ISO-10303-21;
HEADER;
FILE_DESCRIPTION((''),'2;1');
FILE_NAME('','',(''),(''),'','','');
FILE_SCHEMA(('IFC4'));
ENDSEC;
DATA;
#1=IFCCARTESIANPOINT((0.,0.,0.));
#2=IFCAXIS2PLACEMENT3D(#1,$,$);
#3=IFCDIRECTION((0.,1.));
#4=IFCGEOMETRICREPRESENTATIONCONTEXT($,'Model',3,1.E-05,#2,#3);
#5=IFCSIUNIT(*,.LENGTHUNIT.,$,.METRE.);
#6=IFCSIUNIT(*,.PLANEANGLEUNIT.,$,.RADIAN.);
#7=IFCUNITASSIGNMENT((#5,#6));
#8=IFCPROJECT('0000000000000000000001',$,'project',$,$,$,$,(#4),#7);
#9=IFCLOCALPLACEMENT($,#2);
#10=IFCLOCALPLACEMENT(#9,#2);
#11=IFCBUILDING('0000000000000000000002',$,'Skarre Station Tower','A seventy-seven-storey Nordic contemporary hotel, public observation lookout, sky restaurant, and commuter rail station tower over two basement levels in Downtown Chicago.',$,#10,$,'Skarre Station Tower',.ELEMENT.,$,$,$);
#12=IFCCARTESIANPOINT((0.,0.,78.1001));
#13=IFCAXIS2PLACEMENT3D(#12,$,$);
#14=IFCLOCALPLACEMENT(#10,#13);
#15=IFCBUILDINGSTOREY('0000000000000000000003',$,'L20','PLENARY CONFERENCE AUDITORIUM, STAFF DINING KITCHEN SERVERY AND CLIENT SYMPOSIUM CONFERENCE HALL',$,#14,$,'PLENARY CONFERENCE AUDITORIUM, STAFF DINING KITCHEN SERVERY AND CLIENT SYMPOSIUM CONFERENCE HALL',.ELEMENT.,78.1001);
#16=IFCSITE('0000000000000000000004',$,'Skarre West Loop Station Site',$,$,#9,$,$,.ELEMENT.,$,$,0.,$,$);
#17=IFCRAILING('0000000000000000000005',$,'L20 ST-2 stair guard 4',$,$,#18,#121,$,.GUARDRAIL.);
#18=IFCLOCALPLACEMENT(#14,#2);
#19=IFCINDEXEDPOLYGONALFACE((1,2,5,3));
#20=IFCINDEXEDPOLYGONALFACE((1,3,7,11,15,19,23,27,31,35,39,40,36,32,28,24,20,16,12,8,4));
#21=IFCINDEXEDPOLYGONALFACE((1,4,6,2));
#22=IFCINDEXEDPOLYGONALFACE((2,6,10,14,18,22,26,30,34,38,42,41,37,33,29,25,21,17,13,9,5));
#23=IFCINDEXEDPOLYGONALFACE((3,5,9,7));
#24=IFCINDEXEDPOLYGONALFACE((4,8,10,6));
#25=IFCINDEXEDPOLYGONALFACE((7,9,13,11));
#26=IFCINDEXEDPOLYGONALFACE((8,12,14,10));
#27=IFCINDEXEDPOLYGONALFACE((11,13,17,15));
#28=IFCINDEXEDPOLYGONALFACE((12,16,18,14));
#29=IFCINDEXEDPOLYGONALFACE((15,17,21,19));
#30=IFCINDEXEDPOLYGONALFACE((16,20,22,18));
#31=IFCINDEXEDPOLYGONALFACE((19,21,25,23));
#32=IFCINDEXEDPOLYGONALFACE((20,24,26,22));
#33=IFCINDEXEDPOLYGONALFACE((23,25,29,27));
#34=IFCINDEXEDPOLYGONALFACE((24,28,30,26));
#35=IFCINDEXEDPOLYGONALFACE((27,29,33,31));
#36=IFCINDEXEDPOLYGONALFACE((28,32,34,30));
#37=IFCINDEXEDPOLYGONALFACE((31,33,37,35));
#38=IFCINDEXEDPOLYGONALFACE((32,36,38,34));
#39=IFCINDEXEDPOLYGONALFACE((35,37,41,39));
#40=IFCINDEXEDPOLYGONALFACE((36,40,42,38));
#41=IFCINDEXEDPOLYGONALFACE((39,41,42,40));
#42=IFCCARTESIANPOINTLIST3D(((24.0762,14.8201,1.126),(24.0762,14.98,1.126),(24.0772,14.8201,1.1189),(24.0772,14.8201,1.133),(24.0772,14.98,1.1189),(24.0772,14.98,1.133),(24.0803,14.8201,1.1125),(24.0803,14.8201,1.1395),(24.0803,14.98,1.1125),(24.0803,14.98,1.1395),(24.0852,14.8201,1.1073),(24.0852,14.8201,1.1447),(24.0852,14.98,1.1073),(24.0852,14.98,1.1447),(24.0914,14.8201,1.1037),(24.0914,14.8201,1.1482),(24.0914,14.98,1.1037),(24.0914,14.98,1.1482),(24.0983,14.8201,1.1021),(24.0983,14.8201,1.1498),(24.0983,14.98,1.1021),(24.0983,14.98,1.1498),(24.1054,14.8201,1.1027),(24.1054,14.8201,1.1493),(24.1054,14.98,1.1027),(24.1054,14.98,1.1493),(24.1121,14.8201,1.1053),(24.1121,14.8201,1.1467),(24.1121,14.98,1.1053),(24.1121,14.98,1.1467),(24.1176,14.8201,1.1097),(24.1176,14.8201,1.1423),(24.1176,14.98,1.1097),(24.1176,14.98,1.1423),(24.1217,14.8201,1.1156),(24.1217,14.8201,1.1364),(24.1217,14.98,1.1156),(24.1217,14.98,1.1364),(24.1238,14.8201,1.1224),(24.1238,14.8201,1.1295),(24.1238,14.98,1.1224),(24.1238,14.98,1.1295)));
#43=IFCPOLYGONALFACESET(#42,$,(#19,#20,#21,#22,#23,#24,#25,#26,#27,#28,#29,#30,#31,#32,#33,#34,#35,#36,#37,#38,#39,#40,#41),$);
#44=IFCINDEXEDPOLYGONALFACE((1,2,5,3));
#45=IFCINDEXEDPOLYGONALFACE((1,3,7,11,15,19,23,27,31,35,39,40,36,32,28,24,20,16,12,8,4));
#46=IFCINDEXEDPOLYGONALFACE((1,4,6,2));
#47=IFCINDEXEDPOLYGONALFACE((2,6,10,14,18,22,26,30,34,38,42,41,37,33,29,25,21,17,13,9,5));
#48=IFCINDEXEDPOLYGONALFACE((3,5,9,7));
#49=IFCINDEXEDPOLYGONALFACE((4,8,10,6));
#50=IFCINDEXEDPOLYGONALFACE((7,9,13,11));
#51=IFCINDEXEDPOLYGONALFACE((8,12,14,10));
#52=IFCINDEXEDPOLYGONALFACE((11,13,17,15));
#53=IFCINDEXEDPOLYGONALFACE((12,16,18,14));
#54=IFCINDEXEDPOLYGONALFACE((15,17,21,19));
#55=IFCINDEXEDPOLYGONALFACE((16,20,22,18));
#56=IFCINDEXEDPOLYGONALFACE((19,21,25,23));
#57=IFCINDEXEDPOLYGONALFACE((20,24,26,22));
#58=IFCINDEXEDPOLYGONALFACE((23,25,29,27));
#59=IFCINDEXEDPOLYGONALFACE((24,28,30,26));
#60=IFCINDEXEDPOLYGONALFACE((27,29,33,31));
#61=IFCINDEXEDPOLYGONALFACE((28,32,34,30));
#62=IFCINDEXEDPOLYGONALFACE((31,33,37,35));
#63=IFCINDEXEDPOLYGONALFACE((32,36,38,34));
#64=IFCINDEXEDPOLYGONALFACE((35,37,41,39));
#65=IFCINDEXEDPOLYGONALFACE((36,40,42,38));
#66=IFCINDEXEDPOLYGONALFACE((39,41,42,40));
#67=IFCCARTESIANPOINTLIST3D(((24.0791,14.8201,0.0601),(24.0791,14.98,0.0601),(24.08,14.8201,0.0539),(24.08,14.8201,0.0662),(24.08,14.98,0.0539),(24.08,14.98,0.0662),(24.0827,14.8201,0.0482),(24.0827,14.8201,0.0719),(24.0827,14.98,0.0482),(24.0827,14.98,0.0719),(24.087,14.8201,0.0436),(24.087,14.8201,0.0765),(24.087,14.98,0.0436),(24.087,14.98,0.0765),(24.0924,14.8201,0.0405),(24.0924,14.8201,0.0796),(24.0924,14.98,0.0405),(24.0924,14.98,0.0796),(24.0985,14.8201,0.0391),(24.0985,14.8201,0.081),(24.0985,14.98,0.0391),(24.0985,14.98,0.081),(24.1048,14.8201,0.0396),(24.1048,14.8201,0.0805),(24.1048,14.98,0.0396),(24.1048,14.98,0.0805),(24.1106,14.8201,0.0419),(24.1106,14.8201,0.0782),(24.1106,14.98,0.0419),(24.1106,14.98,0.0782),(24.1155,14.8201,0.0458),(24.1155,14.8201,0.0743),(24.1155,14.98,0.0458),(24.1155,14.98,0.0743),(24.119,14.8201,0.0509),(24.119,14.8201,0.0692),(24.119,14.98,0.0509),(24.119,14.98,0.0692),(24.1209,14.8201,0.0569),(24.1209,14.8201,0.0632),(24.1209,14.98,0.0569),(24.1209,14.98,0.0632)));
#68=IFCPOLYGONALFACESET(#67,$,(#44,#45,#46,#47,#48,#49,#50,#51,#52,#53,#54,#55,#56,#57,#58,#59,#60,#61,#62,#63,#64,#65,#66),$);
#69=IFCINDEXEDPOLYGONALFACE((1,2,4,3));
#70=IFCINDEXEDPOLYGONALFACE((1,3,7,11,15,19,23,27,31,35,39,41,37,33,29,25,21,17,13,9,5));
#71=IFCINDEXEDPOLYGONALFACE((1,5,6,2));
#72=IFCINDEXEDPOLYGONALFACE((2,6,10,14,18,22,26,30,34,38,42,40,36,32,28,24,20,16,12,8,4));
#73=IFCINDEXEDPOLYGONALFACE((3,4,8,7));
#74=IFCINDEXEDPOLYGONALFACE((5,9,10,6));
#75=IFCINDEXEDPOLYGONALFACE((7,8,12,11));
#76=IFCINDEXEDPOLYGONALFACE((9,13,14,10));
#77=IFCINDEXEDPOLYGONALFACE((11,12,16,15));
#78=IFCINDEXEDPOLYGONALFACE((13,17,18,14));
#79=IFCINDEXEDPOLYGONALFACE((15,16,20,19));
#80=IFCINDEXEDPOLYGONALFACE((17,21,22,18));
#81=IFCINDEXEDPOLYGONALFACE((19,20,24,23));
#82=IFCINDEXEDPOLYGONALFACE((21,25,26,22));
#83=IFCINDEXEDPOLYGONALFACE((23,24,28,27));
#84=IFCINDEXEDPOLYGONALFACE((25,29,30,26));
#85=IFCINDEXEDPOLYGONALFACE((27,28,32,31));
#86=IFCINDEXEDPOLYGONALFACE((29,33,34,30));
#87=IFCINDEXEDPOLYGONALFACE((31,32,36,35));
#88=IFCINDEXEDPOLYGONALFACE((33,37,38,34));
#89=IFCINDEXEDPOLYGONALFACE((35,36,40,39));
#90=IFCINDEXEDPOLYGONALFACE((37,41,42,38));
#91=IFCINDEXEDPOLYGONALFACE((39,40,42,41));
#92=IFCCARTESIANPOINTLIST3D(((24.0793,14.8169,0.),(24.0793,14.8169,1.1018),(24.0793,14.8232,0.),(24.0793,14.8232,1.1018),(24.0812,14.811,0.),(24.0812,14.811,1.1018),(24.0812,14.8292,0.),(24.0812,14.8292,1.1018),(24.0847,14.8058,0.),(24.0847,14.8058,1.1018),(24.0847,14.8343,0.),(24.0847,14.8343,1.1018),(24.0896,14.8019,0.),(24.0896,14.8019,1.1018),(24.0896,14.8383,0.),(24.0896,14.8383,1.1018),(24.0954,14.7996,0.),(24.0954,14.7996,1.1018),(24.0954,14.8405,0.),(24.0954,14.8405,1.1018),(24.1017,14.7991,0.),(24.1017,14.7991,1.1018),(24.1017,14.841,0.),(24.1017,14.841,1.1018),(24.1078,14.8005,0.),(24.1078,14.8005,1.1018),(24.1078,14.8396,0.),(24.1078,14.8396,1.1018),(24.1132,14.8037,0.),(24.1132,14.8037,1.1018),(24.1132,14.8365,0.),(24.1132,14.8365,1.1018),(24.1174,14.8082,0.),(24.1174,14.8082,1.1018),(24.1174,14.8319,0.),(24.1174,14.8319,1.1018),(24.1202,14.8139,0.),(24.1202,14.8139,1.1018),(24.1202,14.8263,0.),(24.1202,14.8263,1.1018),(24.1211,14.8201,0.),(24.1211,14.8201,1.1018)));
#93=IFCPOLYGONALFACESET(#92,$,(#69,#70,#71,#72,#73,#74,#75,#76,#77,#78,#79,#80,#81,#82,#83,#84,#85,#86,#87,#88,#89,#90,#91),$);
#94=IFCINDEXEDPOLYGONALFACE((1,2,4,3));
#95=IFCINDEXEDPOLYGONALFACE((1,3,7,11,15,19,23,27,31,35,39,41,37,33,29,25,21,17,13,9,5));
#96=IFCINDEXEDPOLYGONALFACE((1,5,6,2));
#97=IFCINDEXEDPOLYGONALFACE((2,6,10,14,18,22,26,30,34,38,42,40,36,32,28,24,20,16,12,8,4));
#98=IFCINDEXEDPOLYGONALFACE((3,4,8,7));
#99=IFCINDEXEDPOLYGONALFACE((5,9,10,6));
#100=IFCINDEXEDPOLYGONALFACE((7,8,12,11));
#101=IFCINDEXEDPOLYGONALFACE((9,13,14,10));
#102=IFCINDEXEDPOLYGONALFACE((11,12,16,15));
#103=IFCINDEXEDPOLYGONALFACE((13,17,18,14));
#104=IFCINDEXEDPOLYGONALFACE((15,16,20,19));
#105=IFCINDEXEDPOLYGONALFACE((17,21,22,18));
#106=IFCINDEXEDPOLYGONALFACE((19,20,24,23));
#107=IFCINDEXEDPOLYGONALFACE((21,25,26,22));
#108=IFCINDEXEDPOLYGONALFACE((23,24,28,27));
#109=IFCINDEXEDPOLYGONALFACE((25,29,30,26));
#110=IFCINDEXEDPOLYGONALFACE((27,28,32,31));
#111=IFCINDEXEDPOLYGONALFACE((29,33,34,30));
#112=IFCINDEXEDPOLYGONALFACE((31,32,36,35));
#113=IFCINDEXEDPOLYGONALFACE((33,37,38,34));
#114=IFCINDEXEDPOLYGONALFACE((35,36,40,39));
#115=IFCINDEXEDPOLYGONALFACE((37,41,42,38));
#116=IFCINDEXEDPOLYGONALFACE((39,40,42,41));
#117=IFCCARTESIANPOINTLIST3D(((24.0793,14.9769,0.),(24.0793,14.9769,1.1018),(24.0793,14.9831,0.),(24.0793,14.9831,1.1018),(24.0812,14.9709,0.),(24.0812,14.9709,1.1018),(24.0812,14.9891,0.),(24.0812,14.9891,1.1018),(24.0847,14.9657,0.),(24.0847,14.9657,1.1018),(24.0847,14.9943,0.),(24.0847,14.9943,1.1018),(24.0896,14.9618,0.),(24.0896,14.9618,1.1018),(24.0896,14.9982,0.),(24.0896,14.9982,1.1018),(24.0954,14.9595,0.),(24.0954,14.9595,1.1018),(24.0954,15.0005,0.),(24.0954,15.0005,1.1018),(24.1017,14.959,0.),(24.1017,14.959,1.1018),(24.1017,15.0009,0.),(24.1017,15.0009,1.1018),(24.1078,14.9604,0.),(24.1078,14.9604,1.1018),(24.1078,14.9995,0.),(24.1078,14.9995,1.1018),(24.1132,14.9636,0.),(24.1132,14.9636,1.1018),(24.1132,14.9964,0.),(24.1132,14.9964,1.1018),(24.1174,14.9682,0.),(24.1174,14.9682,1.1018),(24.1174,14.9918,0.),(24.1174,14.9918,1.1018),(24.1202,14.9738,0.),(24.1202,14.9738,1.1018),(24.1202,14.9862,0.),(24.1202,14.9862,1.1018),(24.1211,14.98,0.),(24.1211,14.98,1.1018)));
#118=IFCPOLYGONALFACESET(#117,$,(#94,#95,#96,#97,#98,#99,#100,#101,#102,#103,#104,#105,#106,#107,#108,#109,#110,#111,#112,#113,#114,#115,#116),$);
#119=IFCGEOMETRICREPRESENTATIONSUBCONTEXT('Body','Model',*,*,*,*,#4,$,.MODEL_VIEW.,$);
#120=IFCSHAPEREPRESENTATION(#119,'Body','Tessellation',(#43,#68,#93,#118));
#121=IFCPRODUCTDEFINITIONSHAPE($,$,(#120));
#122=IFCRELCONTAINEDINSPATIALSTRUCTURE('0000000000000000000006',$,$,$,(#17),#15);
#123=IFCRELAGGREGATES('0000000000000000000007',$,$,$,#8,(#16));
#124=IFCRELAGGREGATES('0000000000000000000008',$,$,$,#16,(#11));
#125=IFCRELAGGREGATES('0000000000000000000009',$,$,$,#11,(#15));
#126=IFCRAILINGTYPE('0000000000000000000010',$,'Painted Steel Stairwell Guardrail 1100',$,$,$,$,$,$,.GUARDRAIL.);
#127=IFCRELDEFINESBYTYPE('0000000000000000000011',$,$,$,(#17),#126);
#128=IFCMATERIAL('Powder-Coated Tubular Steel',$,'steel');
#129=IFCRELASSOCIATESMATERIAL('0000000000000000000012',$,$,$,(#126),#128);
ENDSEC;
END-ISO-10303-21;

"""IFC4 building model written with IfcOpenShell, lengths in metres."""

from ifc_helpers import new_model, si_unit, direction, frame, origin, origin_2d, place, context, subcontext, project, spatial, circle, extrude, material, type_object, element, save


model = new_model("IFC4")

# Units and contexts
model_context = context("Model", 3, precision=1e-05, world=origin(), true_north=direction((0.0, 1.0)))
body_context = subcontext(model_context, "Body", "Model", "MODEL_VIEW")
ifc_project = project(units=[si_unit("LENGTHUNIT", "METRE"), si_unit("PLANEANGLEUNIT", "RADIAN")], contexts=[model_context])

# Site, building, storey
site_placement = place(None, origin())
site = spatial("IfcSite", under=ifc_project, at=site_placement, Name="Skarre West Loop Station Site", CompositionType="ELEMENT", RefElevation=0.0)
building_placement = place(site_placement, origin())
building = spatial("IfcBuilding", under=site, at=building_placement, Name="Skarre Station Tower", Description="A seventy-seven-storey Nordic contemporary hotel, public observation lookout, sky restaurant, and commuter rail station tower over two basement levels in Downtown Chicago.", LongName="Skarre Station Tower", CompositionType="ELEMENT")
storey_placement = place(building_placement, frame((0.0, 0.0, 78.1001)))
storey = spatial("IfcBuildingStorey", under=building, at=storey_placement, Name="L20", Description="PLENARY CONFERENCE AUDITORIUM, STAFF DINING KITCHEN SERVERY AND CLIENT SYMPOSIUM CONFERENCE HALL", LongName="PLENARY CONFERENCE AUDITORIUM, STAFF DINING KITCHEN SERVERY AND CLIENT SYMPOSIUM CONFERENCE HALL", CompositionType="ELEMENT", Elevation=78.1001)

# Railing
ifc_material_1 = material(Name="Powder-Coated Tubular Steel", Category="steel")
railing_type_1 = type_object("IfcRailingType", Name="Painted Steel Stairwell Guardrail 1100", PredefinedType="GUARDRAIL", material=ifc_material_1)
railing_1_placement = place(storey_placement, frame((24.1001, 14.8201, 0.0)))
element("IfcRailing", 1, at=railing_1_placement, inside=storey, type_object=railing_type_1, Name="L20 ST-2 stair guard 4", PredefinedType="GUARDRAIL", context=body_context, shape_type="SweptSolid", body=[
    extrude(circle(Radius=0.0239, at=origin_2d()), frame((0.0, 0.0, 1.126), z_axis=(0.0, 1.0, 0.0), x_axis=(-1.0, 0.0, 0.0)), (0.0, 0.0, 1.0), 0.1599),
    extrude(circle(Radius=0.021, at=origin_2d()), frame((0.0, 0.0, 0.0601), z_axis=(0.0, 1.0, 0.0), x_axis=(-1.0, 0.0, 0.0)), (0.0, 0.0, 1.0), 0.1599),
    extrude(circle(Radius=0.021, at=origin_2d()), origin(), (0.0, 0.0, 1.0), 1.1018),
    extrude(circle(Radius=0.021, at=origin_2d()), frame((0.0, 0.1599, 0.0)), (0.0, 0.0, 1.0), 1.1018),
])

save(model, "model.ifc")
